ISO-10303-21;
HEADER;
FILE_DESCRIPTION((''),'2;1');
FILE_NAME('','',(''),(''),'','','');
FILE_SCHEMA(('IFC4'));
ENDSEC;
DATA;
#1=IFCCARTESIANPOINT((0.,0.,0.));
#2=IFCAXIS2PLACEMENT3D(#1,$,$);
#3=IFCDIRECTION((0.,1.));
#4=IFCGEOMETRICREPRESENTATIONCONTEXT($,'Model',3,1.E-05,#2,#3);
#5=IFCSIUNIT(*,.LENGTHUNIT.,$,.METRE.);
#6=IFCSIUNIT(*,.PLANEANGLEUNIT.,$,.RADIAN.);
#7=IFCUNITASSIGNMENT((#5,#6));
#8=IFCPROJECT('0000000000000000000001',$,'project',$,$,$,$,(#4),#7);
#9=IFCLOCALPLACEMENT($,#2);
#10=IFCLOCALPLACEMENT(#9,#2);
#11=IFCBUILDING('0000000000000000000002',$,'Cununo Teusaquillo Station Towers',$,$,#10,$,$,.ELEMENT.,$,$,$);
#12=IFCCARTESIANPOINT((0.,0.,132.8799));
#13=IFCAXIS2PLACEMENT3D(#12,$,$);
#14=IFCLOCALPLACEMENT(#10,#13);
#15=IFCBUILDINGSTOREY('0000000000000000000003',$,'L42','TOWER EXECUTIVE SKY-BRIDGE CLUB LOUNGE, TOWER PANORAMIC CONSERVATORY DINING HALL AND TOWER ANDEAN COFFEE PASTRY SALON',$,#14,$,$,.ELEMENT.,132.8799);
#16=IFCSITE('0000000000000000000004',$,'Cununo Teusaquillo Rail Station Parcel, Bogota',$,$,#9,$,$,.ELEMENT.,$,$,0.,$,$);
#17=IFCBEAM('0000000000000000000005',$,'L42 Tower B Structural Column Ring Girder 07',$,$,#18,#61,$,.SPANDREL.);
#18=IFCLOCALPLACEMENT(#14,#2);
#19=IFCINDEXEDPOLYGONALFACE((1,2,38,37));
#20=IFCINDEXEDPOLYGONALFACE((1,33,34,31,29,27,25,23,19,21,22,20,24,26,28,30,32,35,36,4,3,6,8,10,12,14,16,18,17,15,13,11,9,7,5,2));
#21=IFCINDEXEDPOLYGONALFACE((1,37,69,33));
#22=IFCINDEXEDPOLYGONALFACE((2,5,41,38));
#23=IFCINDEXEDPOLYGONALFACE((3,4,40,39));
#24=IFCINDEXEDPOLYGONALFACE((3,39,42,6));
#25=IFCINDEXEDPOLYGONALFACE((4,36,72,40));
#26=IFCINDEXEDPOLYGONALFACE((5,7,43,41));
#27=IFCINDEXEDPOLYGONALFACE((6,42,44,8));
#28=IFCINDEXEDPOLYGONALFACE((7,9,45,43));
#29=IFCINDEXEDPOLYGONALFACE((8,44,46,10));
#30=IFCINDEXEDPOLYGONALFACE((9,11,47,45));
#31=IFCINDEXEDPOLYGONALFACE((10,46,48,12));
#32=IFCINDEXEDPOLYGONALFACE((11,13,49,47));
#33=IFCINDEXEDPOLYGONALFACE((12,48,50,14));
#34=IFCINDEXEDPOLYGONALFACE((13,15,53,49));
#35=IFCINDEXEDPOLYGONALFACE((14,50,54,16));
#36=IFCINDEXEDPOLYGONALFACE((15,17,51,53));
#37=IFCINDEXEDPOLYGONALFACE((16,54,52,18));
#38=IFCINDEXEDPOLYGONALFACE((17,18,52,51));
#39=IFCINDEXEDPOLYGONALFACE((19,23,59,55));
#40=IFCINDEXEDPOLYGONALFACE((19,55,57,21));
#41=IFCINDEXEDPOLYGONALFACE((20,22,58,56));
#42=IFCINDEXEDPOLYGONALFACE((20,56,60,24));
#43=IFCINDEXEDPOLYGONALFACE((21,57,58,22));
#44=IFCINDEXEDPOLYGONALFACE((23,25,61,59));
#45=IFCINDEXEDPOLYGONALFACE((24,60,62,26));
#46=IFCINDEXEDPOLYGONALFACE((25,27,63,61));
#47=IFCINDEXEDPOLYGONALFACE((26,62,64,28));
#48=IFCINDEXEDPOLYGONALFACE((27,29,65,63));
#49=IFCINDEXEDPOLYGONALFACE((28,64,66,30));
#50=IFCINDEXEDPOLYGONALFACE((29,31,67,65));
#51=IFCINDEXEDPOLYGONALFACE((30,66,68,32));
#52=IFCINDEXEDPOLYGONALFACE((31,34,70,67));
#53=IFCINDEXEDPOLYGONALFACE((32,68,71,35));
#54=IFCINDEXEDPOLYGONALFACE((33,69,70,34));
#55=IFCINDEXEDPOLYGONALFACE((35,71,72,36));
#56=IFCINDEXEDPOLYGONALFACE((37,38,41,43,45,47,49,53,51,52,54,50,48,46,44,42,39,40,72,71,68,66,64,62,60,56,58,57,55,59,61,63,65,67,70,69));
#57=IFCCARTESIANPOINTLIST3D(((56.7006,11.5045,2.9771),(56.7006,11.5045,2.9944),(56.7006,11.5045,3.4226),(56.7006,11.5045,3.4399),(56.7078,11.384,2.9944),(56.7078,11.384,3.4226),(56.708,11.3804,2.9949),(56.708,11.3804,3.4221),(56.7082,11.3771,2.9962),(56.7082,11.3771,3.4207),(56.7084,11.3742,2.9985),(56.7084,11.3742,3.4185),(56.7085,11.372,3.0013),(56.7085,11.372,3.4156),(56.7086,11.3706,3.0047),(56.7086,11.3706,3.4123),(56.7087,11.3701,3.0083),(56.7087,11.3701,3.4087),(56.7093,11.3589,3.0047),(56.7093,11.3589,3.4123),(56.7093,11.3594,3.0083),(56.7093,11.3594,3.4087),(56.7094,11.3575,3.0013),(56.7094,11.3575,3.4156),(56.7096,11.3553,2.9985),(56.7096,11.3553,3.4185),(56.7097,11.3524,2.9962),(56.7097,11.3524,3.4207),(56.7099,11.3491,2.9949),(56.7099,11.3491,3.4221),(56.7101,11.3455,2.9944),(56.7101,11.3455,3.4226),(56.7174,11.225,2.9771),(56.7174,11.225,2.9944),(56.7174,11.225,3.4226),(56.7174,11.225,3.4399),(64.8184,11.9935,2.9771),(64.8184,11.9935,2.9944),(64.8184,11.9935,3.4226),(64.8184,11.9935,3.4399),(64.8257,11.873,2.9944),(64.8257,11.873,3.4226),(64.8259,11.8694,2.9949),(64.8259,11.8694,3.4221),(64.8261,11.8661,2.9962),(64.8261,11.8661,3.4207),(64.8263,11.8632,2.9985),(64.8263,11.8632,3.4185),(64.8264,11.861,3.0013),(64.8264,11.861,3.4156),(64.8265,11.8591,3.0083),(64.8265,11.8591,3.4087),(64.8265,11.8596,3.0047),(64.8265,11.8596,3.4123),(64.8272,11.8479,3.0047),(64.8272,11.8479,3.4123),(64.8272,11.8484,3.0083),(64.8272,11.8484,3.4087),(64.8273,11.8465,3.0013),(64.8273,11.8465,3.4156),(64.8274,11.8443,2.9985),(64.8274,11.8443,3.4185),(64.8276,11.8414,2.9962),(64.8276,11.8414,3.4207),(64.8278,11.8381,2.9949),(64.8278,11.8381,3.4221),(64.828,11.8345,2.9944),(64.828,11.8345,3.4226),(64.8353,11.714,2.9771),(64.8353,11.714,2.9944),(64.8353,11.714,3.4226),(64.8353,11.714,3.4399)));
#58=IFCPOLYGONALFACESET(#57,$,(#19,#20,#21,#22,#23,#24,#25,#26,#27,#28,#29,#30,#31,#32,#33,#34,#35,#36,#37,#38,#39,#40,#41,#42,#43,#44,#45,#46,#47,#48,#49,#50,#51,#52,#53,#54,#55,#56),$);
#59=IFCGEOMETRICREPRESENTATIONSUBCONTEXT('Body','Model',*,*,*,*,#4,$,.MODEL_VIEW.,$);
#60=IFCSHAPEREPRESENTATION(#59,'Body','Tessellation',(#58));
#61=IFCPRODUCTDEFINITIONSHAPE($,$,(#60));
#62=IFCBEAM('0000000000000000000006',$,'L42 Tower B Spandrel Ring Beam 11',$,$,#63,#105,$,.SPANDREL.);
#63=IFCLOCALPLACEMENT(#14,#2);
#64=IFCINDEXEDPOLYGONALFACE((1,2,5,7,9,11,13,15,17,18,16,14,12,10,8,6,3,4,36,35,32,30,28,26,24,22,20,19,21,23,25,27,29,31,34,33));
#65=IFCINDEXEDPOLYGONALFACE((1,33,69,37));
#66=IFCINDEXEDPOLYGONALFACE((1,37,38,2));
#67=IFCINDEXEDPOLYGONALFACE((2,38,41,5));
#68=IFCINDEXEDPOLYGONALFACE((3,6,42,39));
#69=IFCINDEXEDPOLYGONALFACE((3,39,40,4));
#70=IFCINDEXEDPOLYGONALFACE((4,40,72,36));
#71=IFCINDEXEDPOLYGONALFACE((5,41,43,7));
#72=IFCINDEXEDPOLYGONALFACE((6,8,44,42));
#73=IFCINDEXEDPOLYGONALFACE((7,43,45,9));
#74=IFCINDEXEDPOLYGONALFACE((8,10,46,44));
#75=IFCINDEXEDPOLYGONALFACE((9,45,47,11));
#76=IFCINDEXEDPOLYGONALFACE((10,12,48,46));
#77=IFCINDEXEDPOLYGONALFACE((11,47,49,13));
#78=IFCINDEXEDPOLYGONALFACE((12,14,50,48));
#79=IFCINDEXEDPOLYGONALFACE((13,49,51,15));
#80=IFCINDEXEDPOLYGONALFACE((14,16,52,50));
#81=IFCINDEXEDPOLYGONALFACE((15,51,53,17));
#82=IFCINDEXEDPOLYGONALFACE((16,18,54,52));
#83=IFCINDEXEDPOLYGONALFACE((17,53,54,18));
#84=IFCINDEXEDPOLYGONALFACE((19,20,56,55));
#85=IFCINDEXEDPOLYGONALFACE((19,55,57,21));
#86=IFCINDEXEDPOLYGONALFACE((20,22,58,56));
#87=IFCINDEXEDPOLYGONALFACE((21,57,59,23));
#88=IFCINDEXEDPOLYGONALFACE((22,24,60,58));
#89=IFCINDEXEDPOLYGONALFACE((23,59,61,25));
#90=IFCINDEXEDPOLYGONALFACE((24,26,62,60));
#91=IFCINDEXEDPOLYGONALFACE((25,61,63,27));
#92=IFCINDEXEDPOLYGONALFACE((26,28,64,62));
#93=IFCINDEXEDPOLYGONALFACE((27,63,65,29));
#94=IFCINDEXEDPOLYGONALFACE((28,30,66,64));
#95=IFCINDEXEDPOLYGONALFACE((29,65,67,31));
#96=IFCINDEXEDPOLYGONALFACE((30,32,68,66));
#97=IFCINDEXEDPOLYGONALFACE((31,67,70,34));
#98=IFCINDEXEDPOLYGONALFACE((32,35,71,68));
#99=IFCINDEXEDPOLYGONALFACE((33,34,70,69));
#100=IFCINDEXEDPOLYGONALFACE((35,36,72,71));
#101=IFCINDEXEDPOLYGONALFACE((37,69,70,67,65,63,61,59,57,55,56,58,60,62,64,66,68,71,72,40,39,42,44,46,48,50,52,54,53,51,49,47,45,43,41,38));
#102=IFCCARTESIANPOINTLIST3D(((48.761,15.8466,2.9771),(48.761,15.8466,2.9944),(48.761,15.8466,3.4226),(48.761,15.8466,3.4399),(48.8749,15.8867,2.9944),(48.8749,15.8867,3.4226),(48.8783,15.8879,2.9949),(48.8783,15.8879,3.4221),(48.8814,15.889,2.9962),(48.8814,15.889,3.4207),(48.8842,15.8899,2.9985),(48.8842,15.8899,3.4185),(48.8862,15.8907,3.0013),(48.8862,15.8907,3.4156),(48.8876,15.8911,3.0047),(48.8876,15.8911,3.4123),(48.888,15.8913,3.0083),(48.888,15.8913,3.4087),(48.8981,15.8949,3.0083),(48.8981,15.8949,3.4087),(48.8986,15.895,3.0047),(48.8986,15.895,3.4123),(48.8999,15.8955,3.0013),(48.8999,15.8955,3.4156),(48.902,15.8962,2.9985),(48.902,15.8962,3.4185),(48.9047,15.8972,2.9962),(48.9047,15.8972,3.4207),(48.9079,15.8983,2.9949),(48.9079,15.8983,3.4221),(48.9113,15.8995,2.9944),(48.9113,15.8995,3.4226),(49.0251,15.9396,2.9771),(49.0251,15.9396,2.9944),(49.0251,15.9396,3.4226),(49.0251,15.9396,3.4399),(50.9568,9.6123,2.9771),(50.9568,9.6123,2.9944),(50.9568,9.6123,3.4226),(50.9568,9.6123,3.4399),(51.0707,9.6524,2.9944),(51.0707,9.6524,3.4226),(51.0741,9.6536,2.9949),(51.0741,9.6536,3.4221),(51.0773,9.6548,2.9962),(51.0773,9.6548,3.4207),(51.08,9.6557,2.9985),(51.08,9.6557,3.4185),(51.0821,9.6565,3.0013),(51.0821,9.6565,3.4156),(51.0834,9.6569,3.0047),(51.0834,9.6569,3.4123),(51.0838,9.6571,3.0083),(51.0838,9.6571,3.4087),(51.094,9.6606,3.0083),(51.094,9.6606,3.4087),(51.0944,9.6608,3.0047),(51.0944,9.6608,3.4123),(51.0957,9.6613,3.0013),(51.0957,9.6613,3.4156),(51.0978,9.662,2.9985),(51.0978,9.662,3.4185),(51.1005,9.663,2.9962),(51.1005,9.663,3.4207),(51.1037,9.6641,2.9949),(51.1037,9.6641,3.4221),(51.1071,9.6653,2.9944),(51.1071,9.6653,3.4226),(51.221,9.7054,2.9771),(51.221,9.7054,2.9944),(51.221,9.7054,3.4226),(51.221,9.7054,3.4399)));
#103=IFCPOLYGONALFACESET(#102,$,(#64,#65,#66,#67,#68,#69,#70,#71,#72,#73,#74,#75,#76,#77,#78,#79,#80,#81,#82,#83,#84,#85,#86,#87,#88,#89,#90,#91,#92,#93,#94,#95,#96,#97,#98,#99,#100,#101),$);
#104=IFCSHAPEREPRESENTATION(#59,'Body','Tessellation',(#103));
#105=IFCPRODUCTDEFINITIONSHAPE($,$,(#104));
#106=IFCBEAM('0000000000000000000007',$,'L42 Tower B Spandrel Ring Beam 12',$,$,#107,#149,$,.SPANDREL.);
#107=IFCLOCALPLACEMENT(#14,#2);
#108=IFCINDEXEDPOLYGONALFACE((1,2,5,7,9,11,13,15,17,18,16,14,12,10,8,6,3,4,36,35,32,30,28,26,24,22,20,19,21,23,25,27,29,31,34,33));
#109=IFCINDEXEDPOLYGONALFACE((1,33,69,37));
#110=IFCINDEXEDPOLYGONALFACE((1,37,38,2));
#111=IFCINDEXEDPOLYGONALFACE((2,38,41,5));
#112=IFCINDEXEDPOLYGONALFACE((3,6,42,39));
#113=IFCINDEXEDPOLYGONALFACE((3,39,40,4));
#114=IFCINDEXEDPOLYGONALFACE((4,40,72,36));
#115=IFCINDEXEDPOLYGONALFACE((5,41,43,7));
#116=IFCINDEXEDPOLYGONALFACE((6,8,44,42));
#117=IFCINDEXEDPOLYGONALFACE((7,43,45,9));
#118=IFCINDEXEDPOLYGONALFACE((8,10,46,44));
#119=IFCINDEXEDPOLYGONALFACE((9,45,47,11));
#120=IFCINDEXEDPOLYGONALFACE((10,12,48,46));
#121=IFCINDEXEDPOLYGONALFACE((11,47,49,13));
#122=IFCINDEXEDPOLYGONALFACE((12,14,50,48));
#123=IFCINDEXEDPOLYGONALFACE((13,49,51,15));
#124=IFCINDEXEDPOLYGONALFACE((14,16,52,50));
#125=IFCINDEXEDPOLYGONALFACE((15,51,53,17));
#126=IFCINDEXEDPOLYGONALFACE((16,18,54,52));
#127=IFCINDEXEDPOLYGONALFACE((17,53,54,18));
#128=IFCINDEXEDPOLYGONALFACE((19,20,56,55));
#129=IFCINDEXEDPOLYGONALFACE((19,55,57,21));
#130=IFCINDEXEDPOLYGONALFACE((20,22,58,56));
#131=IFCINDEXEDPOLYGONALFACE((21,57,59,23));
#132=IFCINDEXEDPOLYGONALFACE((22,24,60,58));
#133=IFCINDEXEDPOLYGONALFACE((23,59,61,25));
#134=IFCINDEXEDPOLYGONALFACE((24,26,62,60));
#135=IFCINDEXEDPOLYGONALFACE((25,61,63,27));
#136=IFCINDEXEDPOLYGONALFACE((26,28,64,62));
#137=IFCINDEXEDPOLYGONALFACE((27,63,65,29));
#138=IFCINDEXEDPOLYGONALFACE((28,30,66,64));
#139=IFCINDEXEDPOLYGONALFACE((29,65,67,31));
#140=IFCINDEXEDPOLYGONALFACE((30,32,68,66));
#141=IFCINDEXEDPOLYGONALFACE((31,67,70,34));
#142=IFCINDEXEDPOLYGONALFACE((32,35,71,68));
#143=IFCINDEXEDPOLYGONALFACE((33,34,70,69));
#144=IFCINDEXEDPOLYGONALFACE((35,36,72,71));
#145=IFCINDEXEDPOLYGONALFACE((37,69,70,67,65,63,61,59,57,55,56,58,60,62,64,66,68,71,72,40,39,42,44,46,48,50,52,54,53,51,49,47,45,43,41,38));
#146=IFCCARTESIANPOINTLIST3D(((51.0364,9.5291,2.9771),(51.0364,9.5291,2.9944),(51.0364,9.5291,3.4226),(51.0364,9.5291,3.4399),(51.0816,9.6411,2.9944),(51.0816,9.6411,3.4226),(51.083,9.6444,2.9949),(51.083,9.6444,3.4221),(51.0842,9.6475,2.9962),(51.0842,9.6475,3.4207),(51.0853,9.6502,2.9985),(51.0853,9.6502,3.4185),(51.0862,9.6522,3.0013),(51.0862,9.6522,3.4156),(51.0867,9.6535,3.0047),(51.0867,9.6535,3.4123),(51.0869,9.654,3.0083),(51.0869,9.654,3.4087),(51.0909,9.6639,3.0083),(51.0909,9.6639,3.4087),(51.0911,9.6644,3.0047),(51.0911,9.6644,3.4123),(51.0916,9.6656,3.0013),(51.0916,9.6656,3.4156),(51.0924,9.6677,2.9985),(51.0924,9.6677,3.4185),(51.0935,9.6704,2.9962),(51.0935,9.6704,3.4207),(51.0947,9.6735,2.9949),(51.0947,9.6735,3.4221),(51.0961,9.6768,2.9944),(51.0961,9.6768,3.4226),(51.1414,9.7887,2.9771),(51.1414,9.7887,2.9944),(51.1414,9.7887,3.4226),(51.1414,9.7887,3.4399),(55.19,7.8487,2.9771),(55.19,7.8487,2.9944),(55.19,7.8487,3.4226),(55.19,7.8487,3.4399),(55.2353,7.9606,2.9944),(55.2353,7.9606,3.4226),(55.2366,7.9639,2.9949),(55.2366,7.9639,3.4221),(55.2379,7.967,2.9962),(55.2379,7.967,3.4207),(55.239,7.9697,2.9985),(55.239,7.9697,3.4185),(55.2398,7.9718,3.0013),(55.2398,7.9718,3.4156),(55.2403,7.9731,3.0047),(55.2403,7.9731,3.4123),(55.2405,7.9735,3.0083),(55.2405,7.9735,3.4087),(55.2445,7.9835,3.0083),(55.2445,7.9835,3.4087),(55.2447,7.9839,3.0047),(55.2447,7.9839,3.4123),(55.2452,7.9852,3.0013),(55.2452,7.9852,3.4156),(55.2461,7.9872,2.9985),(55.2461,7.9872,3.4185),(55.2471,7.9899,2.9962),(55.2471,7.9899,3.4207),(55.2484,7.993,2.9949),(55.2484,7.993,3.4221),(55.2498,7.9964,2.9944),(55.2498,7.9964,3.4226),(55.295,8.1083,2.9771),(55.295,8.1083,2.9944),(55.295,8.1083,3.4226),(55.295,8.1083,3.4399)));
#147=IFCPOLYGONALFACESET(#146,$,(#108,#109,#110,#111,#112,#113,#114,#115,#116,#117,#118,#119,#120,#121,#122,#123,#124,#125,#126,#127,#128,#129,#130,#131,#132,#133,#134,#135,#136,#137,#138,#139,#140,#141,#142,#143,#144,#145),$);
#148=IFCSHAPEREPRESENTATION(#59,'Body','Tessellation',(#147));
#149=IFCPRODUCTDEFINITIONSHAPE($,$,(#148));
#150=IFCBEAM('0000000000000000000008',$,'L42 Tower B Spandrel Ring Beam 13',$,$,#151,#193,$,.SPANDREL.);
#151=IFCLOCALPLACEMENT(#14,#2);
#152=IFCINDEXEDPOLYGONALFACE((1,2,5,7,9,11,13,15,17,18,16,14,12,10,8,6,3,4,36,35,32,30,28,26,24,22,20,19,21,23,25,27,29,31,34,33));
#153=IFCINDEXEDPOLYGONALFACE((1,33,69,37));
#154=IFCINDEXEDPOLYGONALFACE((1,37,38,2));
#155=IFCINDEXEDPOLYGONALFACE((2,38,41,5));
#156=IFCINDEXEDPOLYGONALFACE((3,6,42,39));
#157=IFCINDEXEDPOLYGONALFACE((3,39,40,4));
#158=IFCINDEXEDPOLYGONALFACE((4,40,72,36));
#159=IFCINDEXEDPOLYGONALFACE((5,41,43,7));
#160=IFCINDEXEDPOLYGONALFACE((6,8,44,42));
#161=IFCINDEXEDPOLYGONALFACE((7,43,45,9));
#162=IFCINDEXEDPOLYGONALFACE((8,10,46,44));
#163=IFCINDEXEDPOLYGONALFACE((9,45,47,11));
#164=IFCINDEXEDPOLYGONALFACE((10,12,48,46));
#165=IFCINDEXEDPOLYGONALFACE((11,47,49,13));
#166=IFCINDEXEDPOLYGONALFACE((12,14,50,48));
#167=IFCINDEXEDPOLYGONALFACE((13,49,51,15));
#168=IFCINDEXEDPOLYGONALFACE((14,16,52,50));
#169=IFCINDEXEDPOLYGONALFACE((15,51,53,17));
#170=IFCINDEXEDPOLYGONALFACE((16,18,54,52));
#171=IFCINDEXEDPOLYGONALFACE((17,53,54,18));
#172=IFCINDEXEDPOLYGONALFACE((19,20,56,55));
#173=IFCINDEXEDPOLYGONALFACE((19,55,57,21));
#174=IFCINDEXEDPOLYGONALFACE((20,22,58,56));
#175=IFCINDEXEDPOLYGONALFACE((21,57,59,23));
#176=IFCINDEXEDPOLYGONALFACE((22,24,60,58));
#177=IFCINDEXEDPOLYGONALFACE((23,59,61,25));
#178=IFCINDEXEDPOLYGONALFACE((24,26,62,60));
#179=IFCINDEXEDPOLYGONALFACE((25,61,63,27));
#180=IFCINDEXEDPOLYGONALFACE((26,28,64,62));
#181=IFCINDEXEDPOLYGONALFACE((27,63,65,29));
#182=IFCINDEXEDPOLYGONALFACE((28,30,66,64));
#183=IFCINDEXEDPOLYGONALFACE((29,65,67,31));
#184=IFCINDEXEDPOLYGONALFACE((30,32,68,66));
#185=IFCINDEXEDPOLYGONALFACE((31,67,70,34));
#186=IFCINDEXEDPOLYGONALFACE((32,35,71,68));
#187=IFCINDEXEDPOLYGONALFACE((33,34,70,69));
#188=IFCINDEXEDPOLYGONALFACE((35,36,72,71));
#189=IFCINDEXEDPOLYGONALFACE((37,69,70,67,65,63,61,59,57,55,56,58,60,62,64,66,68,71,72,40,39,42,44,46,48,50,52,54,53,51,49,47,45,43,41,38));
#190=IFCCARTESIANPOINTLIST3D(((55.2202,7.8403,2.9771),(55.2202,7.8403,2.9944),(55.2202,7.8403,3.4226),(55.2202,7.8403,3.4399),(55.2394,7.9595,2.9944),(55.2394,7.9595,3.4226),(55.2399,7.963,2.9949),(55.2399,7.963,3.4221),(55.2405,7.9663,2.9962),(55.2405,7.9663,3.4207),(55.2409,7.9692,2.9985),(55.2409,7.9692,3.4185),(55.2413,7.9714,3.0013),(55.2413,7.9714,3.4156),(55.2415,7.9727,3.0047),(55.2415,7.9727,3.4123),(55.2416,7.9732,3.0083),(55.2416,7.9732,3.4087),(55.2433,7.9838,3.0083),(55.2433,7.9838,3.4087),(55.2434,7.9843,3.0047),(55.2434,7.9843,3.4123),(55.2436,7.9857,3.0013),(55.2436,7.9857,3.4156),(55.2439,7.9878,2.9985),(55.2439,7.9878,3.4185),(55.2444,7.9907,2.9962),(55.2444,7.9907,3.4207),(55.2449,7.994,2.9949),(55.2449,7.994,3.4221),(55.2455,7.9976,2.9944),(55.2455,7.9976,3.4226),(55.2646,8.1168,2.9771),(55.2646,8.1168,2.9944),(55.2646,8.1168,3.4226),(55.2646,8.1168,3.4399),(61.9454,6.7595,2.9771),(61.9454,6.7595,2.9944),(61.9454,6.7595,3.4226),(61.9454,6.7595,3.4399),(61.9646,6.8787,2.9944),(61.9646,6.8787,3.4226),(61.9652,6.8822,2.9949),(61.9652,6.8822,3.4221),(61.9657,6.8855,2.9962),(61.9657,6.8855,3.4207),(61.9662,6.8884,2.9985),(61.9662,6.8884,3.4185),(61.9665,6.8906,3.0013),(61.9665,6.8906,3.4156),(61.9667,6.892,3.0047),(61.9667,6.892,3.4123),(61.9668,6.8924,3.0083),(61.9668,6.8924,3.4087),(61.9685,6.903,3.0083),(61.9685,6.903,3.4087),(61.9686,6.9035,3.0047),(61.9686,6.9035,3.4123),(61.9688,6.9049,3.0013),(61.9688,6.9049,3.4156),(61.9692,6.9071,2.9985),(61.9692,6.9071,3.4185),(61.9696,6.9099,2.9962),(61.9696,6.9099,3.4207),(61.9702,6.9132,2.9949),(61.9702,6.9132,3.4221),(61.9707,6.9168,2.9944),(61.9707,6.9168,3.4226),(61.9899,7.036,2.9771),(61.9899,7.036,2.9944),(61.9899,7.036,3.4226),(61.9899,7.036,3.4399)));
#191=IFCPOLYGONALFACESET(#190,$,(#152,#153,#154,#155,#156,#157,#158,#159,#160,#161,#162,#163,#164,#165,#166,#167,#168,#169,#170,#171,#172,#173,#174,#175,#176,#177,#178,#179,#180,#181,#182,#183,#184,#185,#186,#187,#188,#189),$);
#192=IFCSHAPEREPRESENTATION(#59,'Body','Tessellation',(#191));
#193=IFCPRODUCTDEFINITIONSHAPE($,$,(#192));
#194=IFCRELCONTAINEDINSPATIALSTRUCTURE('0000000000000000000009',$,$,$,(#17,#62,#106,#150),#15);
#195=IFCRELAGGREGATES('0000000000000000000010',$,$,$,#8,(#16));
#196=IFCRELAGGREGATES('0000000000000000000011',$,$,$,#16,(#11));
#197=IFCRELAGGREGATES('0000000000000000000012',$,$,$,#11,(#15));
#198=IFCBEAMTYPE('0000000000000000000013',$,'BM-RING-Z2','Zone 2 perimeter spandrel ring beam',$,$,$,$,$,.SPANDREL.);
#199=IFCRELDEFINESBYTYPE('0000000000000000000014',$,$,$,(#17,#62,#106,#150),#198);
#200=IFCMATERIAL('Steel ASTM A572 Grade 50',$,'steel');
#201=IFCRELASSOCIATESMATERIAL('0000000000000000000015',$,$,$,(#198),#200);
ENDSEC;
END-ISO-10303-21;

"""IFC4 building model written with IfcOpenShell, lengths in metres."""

from ifc_helpers import new_model, si_unit, direction, frame, origin, origin_2d, place, context, subcontext, project, spatial, i_section, extrude, material, material_profile, profile_set, type_object, element, save


model = new_model("IFC4")

# Units and contexts
model_context = context("Model", 3, precision=1e-05, world=origin(), true_north=direction((0.0, 1.0)))
body_context = subcontext(model_context, "Body", "Model", "MODEL_VIEW")
ifc_project = project(units=[si_unit("LENGTHUNIT", "METRE"), si_unit("PLANEANGLEUNIT", "RADIAN")], contexts=[model_context])

# Site, building, storey
site_placement = place(None, origin())
site = spatial("IfcSite", under=ifc_project, at=site_placement, Name="Cununo Teusaquillo Rail Station Parcel, Bogota", CompositionType="ELEMENT", RefElevation=0.0)
building_placement = place(site_placement, origin())
building = spatial("IfcBuilding", under=site, at=building_placement, Name="Cununo Teusaquillo Station Towers", CompositionType="ELEMENT")
storey_placement = place(building_placement, frame((0.0, 0.0, 132.8799)))
storey = spatial("IfcBuildingStorey", under=building, at=storey_placement, Name="L42", Description="TOWER EXECUTIVE SKY-BRIDGE CLUB LOUNGE, TOWER PANORAMIC CONSERVATORY DINING HALL AND TOWER ANDEAN COFFEE PASTRY SALON", CompositionType="ELEMENT", Elevation=132.8799)

# Beams
ifc_material_1 = material(Name="Steel ASTM A572 Grade 50", Category="steel")
ifc_material_profile_1 = material_profile(ifc_material_1, i_section(OverallWidth=0.28, OverallDepth=0.4629, WebThickness=0.0107, FlangeThickness=0.0173, FilletRadius=0.0139, at=origin_2d()), Name="W18X76")
ifc_profile_set_1 = profile_set([ifc_material_profile_1], Name="Steel ASTM A572 Grade 50")
beam_type = type_object("IfcBeamType", Name="BM-RING-Z2", Description="Zone 2 perimeter spandrel ring beam", PredefinedType="SPANDREL", material=ifc_profile_set_1)
beam_1_placement = place(storey_placement, frame((56.709, 11.3647, 3.2085), z_axis=(0.998191, 0.06013, 0.0), x_axis=(-0.06013, 0.998191, 0.0)))
element("IfcBeam", 1, at=beam_1_placement, inside=storey, type_object=beam_type, Name="L42 Tower B Structural Column Ring Girder 07", PredefinedType="SPANDREL", context=body_context, shape_type="SweptSolid", body=[
    extrude(i_section(OverallWidth=0.28, OverallDepth=0.4629, WebThickness=0.0107, FlangeThickness=0.0173, FilletRadius=0.0139, at=origin_2d()), origin(), (0.0, 0.0, 1.0), 8.1326),
])
beam_2_placement = place(storey_placement, frame((48.8931, 15.8931, 3.2085), z_axis=(0.332217, -0.943203, 0.0), x_axis=(0.943203, 0.332217, 0.0)))
element("IfcBeam", 2, at=beam_2_placement, inside=storey, type_object=beam_type, Name="L42 Tower B Spandrel Ring Beam 11", PredefinedType="SPANDREL", context=body_context, shape_type="SweptSolid", body=[
    extrude(i_section(OverallWidth=0.28, OverallDepth=0.4629, WebThickness=0.0107, FlangeThickness=0.0173, FilletRadius=0.0139, at=origin_2d()), origin(), (0.0, 0.0, 1.0), 6.6096),
])
beam_3_placement = place(storey_placement, frame((51.0889, 9.6589, 3.2085), z_axis=(0.927008, -0.375042, 0.0), x_axis=(0.375042, 0.927008, 0.0)))
element("IfcBeam", 3, at=beam_3_placement, inside=storey, type_object=beam_type, Name="L42 Tower B Spandrel Ring Beam 12", PredefinedType="SPANDREL", context=body_context, shape_type="SweptSolid", body=[
    extrude(i_section(OverallWidth=0.28, OverallDepth=0.4629, WebThickness=0.0107, FlangeThickness=0.0173, FilletRadius=0.0139, at=origin_2d()), origin(), (0.0, 0.0, 1.0), 4.4807),
])
beam_4_placement = place(storey_placement, frame((55.2424, 7.9785, 3.2085), z_axis=(0.987331, -0.158671, 0.0), x_axis=(0.158671, 0.987331, 0.0)))
element("IfcBeam", 4, at=beam_4_placement, inside=storey, type_object=beam_type, Name="L42 Tower B Spandrel Ring Beam 13", PredefinedType="SPANDREL", context=body_context, shape_type="SweptSolid", body=[
    extrude(i_section(OverallWidth=0.28, OverallDepth=0.4629, WebThickness=0.0107, FlangeThickness=0.0173, FilletRadius=0.0139, at=origin_2d()), origin(), (0.0, 0.0, 1.0), 6.8115),
])

save(model, "model.ifc")
